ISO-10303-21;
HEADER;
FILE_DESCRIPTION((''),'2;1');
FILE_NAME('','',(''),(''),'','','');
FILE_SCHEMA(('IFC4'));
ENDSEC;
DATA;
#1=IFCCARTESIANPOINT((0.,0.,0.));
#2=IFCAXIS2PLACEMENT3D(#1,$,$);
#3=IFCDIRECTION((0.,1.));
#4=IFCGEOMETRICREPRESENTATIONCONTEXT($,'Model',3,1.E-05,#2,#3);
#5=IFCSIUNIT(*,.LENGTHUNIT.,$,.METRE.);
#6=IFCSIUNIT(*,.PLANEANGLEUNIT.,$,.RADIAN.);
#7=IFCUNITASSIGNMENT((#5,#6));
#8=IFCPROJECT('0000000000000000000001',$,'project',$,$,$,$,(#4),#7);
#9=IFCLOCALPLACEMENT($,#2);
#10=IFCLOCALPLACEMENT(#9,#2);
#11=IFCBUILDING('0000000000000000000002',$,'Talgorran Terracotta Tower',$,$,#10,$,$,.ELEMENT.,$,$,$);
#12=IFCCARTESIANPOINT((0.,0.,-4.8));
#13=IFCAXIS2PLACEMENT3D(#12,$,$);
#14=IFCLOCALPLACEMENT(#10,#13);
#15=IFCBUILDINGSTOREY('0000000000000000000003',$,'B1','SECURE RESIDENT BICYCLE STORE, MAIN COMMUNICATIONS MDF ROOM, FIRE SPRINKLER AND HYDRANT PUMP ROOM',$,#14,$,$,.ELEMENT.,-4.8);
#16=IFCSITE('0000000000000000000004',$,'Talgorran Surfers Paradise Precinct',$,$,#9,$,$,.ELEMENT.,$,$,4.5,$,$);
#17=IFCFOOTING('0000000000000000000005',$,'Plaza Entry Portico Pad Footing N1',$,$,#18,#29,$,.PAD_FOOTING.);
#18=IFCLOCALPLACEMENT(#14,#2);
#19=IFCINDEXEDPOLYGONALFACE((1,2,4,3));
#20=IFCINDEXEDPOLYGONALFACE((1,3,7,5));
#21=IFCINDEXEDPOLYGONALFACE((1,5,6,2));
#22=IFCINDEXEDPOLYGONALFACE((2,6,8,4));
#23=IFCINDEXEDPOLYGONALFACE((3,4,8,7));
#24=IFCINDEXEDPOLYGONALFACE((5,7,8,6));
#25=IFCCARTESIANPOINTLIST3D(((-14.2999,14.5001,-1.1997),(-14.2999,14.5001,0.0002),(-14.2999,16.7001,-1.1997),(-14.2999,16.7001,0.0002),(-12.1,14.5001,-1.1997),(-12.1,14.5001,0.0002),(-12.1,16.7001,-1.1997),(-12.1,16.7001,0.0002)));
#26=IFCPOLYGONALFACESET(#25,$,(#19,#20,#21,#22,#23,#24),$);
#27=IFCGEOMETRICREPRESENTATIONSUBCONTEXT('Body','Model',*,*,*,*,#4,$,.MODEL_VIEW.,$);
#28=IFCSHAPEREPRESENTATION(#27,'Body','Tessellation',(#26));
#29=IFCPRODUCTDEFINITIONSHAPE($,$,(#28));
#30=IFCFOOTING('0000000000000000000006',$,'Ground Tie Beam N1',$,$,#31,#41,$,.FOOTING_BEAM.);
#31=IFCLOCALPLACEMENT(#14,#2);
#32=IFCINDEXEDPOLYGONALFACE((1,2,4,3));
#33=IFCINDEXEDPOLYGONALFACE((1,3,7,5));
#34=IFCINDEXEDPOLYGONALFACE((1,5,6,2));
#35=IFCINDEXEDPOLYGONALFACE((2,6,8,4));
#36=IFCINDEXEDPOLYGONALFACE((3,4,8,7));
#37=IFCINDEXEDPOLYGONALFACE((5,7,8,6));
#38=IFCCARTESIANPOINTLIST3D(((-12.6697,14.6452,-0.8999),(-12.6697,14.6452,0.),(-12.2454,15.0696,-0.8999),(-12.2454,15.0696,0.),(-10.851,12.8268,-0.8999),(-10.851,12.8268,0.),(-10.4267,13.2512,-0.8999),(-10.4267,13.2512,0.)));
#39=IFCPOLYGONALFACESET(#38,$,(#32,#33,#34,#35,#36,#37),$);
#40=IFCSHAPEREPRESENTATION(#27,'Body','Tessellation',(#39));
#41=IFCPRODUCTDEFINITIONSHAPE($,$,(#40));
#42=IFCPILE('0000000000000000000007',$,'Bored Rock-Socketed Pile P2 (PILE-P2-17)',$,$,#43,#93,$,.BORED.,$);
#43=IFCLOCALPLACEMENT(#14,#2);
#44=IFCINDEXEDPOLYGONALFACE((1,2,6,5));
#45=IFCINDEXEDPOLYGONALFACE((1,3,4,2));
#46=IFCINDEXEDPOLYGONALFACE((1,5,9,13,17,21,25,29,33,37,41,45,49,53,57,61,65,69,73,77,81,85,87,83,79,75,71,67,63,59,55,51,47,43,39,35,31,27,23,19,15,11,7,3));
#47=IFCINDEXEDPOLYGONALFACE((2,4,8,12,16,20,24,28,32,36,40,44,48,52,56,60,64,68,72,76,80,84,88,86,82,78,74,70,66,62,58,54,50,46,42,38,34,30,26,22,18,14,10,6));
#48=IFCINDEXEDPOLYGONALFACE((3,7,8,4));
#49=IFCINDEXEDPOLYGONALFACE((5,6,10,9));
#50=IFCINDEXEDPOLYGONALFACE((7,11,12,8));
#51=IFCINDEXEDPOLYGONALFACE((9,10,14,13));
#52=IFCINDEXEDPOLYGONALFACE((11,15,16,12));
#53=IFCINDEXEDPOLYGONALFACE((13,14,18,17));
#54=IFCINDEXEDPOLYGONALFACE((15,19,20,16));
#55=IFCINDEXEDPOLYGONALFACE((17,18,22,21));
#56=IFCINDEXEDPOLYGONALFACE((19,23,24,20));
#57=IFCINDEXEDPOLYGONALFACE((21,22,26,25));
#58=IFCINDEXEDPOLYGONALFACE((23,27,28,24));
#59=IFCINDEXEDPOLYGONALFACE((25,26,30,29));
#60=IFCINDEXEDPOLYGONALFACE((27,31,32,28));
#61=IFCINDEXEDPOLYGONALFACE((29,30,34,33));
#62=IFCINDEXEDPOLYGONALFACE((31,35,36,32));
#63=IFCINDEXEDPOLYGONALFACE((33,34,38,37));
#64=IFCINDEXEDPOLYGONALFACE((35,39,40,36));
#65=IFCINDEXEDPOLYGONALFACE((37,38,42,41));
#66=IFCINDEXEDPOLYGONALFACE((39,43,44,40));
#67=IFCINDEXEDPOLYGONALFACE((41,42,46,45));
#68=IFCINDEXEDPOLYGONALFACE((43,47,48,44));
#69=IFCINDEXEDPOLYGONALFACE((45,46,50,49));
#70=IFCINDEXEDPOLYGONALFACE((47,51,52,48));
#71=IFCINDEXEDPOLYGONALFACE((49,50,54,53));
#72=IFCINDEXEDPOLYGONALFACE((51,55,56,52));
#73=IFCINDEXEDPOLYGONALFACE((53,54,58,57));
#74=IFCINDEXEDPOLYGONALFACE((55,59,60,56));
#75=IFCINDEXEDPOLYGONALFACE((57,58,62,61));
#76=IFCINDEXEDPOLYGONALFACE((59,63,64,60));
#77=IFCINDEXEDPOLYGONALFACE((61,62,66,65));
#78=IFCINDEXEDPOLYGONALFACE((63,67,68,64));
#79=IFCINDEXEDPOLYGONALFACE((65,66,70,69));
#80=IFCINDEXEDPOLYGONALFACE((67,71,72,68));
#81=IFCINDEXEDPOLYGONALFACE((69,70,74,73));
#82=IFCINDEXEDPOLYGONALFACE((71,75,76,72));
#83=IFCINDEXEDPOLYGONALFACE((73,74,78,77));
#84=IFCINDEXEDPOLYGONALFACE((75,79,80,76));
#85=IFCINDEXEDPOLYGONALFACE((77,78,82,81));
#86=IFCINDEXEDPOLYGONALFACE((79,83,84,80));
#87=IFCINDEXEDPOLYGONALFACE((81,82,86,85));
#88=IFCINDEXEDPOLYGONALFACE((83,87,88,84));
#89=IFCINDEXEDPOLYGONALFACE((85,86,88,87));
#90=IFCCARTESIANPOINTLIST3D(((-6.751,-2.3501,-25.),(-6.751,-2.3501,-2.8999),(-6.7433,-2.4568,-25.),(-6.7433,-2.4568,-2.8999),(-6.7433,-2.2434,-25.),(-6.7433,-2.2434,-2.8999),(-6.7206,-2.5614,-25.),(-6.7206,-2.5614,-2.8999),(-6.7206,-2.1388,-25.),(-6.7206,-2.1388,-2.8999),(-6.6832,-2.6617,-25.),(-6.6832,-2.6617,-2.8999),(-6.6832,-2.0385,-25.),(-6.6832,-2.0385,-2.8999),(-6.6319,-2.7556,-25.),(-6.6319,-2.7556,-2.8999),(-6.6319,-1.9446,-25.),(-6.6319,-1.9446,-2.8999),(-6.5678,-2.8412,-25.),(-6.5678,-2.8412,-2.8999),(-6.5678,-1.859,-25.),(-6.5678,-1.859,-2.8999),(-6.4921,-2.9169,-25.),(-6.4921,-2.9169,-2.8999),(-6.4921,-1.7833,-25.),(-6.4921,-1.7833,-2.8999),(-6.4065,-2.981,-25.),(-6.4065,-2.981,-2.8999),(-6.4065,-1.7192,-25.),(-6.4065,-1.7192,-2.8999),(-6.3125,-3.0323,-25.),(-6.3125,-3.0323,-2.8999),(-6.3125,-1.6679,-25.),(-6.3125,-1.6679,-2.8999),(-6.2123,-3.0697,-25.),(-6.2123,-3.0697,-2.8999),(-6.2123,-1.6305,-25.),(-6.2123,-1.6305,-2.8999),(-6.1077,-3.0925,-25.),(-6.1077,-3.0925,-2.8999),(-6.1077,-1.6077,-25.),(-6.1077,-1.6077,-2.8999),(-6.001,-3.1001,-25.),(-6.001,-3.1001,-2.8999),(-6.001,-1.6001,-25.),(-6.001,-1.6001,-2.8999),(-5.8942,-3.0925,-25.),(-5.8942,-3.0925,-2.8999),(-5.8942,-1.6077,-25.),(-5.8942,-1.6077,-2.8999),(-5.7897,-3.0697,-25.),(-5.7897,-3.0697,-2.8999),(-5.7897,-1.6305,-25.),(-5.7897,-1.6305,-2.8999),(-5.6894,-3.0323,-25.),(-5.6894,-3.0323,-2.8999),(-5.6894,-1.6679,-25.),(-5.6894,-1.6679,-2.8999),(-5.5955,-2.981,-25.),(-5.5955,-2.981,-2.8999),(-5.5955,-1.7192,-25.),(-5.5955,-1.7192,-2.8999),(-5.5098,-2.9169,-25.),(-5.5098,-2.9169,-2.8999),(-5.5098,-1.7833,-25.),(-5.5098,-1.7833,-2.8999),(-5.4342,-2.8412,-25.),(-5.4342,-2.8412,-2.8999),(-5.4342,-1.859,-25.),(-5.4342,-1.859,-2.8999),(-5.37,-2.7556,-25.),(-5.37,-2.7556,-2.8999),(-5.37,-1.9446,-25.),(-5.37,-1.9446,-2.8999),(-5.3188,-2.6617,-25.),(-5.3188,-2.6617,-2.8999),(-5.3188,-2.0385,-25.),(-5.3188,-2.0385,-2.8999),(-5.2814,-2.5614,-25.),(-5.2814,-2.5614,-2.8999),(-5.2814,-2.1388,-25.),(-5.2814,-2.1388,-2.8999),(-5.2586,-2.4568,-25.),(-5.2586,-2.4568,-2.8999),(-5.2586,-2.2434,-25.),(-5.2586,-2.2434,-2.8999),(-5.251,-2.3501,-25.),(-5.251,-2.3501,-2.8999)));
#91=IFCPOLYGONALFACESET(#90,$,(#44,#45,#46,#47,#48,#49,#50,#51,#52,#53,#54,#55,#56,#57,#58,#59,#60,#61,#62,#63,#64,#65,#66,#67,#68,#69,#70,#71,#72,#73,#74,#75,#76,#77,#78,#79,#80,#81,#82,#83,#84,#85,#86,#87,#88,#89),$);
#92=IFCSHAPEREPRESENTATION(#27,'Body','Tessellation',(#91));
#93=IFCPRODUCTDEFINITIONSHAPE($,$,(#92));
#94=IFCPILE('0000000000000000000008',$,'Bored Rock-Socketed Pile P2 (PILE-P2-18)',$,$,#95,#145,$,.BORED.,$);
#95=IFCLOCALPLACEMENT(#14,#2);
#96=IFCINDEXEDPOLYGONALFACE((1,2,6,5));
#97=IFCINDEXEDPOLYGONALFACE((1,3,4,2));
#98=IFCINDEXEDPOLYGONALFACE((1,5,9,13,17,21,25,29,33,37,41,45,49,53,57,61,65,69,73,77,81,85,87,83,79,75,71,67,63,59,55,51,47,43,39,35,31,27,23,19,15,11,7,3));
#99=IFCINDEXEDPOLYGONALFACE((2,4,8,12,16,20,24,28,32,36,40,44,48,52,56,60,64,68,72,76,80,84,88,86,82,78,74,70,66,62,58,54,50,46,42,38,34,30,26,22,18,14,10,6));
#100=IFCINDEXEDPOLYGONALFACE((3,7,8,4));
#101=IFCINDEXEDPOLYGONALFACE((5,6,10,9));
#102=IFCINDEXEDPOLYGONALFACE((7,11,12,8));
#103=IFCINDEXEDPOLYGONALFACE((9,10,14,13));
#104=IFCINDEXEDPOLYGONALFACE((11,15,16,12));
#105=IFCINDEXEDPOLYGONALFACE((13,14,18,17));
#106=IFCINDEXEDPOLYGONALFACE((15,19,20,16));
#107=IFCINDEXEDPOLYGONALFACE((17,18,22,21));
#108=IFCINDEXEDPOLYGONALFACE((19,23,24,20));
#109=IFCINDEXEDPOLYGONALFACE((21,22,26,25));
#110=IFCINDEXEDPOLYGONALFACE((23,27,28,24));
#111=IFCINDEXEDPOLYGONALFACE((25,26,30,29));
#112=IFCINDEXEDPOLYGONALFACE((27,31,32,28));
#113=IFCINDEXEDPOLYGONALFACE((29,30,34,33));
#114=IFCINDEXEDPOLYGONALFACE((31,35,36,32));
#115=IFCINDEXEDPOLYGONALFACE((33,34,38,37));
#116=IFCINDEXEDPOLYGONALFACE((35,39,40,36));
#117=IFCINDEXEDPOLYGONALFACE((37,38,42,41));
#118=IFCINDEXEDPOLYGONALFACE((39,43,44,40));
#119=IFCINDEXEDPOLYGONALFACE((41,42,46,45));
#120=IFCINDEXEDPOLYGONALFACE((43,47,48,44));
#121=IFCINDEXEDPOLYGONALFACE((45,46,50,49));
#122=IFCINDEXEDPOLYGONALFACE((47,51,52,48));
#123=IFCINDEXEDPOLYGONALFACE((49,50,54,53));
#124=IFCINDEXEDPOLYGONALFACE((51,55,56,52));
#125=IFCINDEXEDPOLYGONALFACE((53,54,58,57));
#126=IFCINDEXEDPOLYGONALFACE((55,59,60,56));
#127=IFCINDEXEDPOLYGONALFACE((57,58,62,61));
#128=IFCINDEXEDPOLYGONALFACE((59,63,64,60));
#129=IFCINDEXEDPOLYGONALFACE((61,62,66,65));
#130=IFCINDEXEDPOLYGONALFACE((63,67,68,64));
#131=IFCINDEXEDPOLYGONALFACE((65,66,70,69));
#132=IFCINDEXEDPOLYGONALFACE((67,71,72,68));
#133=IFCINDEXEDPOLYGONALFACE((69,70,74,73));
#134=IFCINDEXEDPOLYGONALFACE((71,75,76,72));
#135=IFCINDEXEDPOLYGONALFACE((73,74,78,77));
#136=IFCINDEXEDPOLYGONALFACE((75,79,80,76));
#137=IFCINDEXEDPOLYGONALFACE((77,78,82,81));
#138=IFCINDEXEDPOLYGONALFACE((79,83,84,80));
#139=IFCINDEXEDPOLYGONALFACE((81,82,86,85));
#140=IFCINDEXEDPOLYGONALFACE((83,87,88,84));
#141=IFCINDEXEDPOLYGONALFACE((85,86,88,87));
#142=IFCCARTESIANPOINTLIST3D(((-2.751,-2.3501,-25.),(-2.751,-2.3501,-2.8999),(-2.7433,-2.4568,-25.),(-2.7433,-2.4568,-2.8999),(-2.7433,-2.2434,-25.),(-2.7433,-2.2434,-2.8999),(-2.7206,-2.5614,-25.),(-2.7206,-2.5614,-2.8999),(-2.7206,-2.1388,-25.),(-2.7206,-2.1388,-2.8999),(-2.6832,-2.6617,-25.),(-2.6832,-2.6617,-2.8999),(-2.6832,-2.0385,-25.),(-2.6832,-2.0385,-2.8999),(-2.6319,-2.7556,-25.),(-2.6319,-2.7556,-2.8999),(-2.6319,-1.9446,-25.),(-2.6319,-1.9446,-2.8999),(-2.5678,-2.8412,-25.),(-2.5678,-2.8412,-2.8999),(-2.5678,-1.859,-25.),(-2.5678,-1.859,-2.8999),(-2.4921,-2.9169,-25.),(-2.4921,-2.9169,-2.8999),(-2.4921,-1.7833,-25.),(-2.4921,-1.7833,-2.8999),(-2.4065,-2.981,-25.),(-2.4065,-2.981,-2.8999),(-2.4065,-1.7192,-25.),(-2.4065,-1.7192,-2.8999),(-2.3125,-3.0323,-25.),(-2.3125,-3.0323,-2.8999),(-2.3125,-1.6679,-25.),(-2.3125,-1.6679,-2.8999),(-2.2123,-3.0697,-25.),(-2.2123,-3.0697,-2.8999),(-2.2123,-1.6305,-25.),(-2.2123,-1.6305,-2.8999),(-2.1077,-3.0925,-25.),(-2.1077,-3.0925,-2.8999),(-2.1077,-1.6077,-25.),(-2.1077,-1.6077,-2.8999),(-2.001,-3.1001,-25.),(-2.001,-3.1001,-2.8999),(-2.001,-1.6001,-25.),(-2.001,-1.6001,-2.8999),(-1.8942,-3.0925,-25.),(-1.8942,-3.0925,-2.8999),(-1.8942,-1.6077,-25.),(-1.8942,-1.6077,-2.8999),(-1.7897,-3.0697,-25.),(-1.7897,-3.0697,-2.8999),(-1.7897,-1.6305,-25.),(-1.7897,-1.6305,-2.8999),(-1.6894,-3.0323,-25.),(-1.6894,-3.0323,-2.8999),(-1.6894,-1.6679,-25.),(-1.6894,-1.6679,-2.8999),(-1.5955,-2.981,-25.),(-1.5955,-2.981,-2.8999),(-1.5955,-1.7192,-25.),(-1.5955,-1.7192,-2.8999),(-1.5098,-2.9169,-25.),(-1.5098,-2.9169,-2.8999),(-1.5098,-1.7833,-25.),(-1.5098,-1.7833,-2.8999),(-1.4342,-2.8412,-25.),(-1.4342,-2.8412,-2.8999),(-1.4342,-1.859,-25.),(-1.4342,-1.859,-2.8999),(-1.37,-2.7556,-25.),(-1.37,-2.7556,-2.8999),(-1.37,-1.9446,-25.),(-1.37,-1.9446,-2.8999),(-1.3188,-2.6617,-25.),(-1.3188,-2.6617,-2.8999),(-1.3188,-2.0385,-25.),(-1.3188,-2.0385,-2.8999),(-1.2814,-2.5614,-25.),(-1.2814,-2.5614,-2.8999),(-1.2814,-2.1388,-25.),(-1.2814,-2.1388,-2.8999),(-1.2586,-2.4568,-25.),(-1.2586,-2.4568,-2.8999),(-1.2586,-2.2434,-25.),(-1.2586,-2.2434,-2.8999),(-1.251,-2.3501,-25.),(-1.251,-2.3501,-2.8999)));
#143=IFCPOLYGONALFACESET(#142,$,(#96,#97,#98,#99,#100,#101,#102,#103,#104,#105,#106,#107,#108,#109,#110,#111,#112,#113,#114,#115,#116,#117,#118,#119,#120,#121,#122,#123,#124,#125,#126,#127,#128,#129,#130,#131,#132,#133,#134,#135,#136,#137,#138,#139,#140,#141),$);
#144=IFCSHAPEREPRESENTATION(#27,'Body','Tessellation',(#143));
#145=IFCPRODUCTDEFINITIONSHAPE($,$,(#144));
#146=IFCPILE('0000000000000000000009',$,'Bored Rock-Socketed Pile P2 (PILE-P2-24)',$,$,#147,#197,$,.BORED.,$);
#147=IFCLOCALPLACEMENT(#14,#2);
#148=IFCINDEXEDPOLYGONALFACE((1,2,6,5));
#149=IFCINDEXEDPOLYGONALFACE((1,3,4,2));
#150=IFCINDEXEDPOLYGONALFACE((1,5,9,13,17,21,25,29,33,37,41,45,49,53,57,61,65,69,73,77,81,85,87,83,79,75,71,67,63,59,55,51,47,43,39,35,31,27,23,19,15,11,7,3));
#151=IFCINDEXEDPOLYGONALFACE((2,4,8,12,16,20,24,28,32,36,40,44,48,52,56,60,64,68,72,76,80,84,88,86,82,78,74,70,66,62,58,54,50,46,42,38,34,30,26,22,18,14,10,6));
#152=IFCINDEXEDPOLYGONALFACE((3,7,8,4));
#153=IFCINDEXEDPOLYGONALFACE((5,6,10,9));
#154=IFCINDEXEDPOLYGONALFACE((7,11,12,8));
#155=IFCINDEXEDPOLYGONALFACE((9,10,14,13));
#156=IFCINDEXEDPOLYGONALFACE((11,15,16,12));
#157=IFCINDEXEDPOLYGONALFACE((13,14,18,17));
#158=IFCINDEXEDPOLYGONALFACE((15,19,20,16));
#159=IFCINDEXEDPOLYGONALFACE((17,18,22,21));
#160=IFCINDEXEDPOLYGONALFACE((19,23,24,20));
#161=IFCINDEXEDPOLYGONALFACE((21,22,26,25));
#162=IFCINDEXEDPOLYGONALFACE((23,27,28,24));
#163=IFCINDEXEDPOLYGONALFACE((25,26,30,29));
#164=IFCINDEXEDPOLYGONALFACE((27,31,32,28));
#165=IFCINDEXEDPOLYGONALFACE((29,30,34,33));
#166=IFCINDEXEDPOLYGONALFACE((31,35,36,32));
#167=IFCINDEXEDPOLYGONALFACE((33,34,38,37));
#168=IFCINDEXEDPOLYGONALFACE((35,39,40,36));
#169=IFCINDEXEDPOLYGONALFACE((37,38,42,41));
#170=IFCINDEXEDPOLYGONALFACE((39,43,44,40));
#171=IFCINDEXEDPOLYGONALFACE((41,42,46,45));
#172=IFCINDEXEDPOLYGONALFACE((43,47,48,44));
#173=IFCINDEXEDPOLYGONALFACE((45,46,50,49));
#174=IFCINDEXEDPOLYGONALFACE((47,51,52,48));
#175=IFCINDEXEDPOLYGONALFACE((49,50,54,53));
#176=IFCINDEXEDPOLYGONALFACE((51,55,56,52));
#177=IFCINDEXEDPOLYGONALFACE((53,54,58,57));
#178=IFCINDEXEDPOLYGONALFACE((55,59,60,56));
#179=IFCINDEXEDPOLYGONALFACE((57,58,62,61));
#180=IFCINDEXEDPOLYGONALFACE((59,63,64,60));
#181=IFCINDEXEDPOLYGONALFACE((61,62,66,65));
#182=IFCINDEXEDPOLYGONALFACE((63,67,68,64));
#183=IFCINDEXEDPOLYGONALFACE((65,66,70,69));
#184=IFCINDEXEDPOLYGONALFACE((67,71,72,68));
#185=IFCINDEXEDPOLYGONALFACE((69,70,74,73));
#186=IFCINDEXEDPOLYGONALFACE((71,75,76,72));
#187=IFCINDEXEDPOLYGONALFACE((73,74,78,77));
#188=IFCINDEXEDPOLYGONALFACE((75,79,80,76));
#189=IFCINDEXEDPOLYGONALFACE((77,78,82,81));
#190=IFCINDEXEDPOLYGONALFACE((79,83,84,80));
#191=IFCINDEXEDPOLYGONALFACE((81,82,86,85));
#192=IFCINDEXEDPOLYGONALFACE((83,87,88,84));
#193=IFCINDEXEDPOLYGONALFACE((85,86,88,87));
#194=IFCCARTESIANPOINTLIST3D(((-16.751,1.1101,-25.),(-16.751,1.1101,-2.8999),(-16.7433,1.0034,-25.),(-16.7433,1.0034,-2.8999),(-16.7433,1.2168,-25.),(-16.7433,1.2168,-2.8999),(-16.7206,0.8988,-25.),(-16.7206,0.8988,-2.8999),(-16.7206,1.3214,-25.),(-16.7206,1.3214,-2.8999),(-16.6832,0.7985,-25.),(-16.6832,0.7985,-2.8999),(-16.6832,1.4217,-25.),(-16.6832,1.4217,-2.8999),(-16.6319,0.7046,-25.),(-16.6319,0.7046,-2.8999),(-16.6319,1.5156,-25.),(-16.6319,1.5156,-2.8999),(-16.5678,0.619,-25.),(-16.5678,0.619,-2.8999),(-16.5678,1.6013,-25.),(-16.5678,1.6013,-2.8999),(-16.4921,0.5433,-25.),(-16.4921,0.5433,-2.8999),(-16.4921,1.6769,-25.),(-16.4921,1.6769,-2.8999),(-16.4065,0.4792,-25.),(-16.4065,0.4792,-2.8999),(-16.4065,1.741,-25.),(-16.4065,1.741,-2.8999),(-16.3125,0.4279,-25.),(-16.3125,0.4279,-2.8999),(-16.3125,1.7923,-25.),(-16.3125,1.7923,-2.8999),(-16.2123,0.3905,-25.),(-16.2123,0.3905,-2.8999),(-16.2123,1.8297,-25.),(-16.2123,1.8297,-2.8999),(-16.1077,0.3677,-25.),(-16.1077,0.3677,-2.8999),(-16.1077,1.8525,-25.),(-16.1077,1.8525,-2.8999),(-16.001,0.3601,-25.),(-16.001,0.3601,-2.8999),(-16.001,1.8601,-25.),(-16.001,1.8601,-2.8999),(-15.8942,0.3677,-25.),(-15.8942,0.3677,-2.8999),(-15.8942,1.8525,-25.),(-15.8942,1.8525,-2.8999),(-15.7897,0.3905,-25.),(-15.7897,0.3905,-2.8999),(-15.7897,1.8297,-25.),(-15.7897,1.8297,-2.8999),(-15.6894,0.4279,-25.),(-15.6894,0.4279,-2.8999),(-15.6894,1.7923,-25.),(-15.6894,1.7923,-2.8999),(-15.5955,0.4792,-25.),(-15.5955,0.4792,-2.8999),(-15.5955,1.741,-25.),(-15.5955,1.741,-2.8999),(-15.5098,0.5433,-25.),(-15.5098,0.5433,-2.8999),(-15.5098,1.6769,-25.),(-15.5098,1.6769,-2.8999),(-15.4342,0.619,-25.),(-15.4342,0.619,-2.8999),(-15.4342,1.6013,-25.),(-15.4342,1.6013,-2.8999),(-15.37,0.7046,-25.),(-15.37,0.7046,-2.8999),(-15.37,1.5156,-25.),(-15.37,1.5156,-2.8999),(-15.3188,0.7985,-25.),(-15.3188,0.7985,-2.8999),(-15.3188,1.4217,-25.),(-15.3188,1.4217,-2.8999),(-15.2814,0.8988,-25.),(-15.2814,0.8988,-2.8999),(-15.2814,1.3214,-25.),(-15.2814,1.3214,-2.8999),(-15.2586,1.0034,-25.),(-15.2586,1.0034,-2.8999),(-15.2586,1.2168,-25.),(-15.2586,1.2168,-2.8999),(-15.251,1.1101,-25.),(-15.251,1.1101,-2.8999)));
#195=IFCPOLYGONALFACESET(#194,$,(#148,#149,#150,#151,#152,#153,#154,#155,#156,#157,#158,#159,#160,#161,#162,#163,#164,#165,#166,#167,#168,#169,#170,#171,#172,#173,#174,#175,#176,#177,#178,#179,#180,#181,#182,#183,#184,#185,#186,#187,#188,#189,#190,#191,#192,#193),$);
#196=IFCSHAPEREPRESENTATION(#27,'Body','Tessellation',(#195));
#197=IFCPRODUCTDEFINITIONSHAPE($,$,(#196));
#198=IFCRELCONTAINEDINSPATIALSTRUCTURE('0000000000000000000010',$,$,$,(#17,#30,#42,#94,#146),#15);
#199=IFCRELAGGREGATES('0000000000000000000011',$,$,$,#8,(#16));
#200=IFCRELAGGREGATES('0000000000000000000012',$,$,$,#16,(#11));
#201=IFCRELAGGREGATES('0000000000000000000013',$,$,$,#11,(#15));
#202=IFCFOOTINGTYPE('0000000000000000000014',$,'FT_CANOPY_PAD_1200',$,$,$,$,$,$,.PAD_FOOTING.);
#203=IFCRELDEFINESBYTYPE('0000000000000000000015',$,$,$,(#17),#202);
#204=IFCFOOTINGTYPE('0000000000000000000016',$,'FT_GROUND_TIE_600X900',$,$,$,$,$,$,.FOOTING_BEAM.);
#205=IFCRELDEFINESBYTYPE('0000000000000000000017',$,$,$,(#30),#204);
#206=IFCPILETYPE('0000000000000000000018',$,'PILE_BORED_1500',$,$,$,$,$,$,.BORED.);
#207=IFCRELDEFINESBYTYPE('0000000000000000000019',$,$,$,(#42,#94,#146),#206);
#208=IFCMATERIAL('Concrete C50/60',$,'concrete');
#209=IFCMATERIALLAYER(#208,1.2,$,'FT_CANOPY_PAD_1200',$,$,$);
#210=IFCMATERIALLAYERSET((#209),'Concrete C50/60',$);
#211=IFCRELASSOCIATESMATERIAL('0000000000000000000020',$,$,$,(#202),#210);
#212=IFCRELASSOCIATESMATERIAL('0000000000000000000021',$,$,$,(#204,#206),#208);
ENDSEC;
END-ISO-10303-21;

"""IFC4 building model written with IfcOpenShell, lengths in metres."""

from ifc_helpers import new_model, si_unit, direction, frame, origin, origin_2d, place, context, subcontext, project, spatial, rectangle, circle, extrude, material, layer, layer_set, material_profile, profile_set, type_object, element, save


model = new_model("IFC4")

# Units and contexts
model_context = context("Model", 3, precision=1e-05, world=origin(), true_north=direction((0.0, 1.0)))
body_context = subcontext(model_context, "Body", "Model", "MODEL_VIEW")
ifc_project = project(units=[si_unit("LENGTHUNIT", "METRE"), si_unit("PLANEANGLEUNIT", "RADIAN")], contexts=[model_context])

# Site, building, storey
site_placement = place(None, origin())
site = spatial("IfcSite", under=ifc_project, at=site_placement, Name="Talgorran Surfers Paradise Precinct", CompositionType="ELEMENT", RefElevation=4.5)
building_placement = place(site_placement, origin())
building = spatial("IfcBuilding", under=site, at=building_placement, Name="Talgorran Terracotta Tower", CompositionType="ELEMENT")
storey_placement = place(building_placement, frame((0.0, 0.0, -4.8)))
storey = spatial("IfcBuildingStorey", under=building, at=storey_placement, Name="B1", Description="SECURE RESIDENT BICYCLE STORE, MAIN COMMUNICATIONS MDF ROOM, FIRE SPRINKLER AND HYDRANT PUMP ROOM", CompositionType="ELEMENT", Elevation=-4.8)

# Footings
ifc_material_1 = material(Name="Concrete C50/60", Category="concrete")
ifc_layer_1 = layer(ifc_material_1, 1.2, Name="FT_CANOPY_PAD_1200")
ifc_layer_set_1 = layer_set([ifc_layer_1], Name="Concrete C50/60")
footing_type_1 = type_object("IfcFootingType", Name="FT_CANOPY_PAD_1200", PredefinedType="PAD_FOOTING", material=ifc_layer_set_1)
footing_1_placement = place(storey_placement, frame((-13.2, 15.6001, -1.1997), z_axis=(0.0, 0.0, 1.0), x_axis=(1.0, 0.0, 0.0)))
element("IfcFooting", 1, at=footing_1_placement, inside=storey, type_object=footing_type_1, Name="Plaza Entry Portico Pad Footing N1", PredefinedType="PAD_FOOTING", context=body_context, shape_type="SweptSolid", body=[
    extrude(rectangle(XDim=2.2, YDim=2.2, at=origin_2d()), origin(), (0.0, 0.0, 1.0), 1.2),
])
ifc_material_profile_1 = material_profile(ifc_material_1, rectangle(XDim=0.6001, YDim=0.8999, at=origin_2d()), Name="GB600X900")
ifc_profile_set_1 = profile_set([ifc_material_profile_1], Name="Concrete C50/60")
footing_type_2 = type_object("IfcFootingType", Name="FT_GROUND_TIE_600X900", PredefinedType="FOOTING_BEAM", material=ifc_profile_set_1)
footing_2_placement = place(storey_placement, frame((-12.4575, 14.8574, -0.45), z_axis=(0.707154, -0.707059, 0.0), x_axis=(0.707059, 0.707154, 0.0)))
element("IfcFooting", 2, at=footing_2_placement, inside=storey, type_object=footing_type_2, Name="Ground Tie Beam N1", PredefinedType="FOOTING_BEAM", context=body_context, shape_type="SweptSolid", body=[
    extrude(rectangle(XDim=0.6001, YDim=0.8999, at=origin_2d()), origin(), (0.0, 0.0, 1.0), 2.5718),
])

# Piles
ifc_material_profile_2 = material_profile(ifc_material_1, circle(Radius=0.75, at=origin_2d()), Name="PILE1500")
ifc_profile_set_2 = profile_set([ifc_material_profile_2], Name="Concrete C50/60")
pile_type_1 = type_object("IfcPileType", Name="PILE_BORED_1500", PredefinedType="BORED", material=ifc_profile_set_2)
for number, where, z_axis, x_axis, name in (
    (3, (-6.001, -2.3501, -2.8999), (0.0, 0.0, -1.0), (1.0, 0.0, 0.0), "Bored Rock-Socketed Pile P2 (PILE-P2-17)"),
    (4, (-2.001, -2.3501, -2.8999), (0.0, 0.0, -1.0), (1.0, 0.0, 0.0), "Bored Rock-Socketed Pile P2 (PILE-P2-18)"),
    (5, (-16.001, 1.1101, -2.8999), (0.0, 0.0, -1.0), (1.0, 0.0, 0.0), "Bored Rock-Socketed Pile P2 (PILE-P2-24)"),
):
    element("IfcPile", number, at=place(storey_placement, frame(where, z_axis=z_axis, x_axis=x_axis)), inside=storey, type_object=pile_type_1, Name=name, PredefinedType="BORED", context=body_context, shape_type="SweptSolid", body=[
        extrude(circle(Radius=0.75, at=origin_2d()), origin(), (0.0, 0.0, 1.0), 22.1001),
    ])

save(model, "model.ifc")
